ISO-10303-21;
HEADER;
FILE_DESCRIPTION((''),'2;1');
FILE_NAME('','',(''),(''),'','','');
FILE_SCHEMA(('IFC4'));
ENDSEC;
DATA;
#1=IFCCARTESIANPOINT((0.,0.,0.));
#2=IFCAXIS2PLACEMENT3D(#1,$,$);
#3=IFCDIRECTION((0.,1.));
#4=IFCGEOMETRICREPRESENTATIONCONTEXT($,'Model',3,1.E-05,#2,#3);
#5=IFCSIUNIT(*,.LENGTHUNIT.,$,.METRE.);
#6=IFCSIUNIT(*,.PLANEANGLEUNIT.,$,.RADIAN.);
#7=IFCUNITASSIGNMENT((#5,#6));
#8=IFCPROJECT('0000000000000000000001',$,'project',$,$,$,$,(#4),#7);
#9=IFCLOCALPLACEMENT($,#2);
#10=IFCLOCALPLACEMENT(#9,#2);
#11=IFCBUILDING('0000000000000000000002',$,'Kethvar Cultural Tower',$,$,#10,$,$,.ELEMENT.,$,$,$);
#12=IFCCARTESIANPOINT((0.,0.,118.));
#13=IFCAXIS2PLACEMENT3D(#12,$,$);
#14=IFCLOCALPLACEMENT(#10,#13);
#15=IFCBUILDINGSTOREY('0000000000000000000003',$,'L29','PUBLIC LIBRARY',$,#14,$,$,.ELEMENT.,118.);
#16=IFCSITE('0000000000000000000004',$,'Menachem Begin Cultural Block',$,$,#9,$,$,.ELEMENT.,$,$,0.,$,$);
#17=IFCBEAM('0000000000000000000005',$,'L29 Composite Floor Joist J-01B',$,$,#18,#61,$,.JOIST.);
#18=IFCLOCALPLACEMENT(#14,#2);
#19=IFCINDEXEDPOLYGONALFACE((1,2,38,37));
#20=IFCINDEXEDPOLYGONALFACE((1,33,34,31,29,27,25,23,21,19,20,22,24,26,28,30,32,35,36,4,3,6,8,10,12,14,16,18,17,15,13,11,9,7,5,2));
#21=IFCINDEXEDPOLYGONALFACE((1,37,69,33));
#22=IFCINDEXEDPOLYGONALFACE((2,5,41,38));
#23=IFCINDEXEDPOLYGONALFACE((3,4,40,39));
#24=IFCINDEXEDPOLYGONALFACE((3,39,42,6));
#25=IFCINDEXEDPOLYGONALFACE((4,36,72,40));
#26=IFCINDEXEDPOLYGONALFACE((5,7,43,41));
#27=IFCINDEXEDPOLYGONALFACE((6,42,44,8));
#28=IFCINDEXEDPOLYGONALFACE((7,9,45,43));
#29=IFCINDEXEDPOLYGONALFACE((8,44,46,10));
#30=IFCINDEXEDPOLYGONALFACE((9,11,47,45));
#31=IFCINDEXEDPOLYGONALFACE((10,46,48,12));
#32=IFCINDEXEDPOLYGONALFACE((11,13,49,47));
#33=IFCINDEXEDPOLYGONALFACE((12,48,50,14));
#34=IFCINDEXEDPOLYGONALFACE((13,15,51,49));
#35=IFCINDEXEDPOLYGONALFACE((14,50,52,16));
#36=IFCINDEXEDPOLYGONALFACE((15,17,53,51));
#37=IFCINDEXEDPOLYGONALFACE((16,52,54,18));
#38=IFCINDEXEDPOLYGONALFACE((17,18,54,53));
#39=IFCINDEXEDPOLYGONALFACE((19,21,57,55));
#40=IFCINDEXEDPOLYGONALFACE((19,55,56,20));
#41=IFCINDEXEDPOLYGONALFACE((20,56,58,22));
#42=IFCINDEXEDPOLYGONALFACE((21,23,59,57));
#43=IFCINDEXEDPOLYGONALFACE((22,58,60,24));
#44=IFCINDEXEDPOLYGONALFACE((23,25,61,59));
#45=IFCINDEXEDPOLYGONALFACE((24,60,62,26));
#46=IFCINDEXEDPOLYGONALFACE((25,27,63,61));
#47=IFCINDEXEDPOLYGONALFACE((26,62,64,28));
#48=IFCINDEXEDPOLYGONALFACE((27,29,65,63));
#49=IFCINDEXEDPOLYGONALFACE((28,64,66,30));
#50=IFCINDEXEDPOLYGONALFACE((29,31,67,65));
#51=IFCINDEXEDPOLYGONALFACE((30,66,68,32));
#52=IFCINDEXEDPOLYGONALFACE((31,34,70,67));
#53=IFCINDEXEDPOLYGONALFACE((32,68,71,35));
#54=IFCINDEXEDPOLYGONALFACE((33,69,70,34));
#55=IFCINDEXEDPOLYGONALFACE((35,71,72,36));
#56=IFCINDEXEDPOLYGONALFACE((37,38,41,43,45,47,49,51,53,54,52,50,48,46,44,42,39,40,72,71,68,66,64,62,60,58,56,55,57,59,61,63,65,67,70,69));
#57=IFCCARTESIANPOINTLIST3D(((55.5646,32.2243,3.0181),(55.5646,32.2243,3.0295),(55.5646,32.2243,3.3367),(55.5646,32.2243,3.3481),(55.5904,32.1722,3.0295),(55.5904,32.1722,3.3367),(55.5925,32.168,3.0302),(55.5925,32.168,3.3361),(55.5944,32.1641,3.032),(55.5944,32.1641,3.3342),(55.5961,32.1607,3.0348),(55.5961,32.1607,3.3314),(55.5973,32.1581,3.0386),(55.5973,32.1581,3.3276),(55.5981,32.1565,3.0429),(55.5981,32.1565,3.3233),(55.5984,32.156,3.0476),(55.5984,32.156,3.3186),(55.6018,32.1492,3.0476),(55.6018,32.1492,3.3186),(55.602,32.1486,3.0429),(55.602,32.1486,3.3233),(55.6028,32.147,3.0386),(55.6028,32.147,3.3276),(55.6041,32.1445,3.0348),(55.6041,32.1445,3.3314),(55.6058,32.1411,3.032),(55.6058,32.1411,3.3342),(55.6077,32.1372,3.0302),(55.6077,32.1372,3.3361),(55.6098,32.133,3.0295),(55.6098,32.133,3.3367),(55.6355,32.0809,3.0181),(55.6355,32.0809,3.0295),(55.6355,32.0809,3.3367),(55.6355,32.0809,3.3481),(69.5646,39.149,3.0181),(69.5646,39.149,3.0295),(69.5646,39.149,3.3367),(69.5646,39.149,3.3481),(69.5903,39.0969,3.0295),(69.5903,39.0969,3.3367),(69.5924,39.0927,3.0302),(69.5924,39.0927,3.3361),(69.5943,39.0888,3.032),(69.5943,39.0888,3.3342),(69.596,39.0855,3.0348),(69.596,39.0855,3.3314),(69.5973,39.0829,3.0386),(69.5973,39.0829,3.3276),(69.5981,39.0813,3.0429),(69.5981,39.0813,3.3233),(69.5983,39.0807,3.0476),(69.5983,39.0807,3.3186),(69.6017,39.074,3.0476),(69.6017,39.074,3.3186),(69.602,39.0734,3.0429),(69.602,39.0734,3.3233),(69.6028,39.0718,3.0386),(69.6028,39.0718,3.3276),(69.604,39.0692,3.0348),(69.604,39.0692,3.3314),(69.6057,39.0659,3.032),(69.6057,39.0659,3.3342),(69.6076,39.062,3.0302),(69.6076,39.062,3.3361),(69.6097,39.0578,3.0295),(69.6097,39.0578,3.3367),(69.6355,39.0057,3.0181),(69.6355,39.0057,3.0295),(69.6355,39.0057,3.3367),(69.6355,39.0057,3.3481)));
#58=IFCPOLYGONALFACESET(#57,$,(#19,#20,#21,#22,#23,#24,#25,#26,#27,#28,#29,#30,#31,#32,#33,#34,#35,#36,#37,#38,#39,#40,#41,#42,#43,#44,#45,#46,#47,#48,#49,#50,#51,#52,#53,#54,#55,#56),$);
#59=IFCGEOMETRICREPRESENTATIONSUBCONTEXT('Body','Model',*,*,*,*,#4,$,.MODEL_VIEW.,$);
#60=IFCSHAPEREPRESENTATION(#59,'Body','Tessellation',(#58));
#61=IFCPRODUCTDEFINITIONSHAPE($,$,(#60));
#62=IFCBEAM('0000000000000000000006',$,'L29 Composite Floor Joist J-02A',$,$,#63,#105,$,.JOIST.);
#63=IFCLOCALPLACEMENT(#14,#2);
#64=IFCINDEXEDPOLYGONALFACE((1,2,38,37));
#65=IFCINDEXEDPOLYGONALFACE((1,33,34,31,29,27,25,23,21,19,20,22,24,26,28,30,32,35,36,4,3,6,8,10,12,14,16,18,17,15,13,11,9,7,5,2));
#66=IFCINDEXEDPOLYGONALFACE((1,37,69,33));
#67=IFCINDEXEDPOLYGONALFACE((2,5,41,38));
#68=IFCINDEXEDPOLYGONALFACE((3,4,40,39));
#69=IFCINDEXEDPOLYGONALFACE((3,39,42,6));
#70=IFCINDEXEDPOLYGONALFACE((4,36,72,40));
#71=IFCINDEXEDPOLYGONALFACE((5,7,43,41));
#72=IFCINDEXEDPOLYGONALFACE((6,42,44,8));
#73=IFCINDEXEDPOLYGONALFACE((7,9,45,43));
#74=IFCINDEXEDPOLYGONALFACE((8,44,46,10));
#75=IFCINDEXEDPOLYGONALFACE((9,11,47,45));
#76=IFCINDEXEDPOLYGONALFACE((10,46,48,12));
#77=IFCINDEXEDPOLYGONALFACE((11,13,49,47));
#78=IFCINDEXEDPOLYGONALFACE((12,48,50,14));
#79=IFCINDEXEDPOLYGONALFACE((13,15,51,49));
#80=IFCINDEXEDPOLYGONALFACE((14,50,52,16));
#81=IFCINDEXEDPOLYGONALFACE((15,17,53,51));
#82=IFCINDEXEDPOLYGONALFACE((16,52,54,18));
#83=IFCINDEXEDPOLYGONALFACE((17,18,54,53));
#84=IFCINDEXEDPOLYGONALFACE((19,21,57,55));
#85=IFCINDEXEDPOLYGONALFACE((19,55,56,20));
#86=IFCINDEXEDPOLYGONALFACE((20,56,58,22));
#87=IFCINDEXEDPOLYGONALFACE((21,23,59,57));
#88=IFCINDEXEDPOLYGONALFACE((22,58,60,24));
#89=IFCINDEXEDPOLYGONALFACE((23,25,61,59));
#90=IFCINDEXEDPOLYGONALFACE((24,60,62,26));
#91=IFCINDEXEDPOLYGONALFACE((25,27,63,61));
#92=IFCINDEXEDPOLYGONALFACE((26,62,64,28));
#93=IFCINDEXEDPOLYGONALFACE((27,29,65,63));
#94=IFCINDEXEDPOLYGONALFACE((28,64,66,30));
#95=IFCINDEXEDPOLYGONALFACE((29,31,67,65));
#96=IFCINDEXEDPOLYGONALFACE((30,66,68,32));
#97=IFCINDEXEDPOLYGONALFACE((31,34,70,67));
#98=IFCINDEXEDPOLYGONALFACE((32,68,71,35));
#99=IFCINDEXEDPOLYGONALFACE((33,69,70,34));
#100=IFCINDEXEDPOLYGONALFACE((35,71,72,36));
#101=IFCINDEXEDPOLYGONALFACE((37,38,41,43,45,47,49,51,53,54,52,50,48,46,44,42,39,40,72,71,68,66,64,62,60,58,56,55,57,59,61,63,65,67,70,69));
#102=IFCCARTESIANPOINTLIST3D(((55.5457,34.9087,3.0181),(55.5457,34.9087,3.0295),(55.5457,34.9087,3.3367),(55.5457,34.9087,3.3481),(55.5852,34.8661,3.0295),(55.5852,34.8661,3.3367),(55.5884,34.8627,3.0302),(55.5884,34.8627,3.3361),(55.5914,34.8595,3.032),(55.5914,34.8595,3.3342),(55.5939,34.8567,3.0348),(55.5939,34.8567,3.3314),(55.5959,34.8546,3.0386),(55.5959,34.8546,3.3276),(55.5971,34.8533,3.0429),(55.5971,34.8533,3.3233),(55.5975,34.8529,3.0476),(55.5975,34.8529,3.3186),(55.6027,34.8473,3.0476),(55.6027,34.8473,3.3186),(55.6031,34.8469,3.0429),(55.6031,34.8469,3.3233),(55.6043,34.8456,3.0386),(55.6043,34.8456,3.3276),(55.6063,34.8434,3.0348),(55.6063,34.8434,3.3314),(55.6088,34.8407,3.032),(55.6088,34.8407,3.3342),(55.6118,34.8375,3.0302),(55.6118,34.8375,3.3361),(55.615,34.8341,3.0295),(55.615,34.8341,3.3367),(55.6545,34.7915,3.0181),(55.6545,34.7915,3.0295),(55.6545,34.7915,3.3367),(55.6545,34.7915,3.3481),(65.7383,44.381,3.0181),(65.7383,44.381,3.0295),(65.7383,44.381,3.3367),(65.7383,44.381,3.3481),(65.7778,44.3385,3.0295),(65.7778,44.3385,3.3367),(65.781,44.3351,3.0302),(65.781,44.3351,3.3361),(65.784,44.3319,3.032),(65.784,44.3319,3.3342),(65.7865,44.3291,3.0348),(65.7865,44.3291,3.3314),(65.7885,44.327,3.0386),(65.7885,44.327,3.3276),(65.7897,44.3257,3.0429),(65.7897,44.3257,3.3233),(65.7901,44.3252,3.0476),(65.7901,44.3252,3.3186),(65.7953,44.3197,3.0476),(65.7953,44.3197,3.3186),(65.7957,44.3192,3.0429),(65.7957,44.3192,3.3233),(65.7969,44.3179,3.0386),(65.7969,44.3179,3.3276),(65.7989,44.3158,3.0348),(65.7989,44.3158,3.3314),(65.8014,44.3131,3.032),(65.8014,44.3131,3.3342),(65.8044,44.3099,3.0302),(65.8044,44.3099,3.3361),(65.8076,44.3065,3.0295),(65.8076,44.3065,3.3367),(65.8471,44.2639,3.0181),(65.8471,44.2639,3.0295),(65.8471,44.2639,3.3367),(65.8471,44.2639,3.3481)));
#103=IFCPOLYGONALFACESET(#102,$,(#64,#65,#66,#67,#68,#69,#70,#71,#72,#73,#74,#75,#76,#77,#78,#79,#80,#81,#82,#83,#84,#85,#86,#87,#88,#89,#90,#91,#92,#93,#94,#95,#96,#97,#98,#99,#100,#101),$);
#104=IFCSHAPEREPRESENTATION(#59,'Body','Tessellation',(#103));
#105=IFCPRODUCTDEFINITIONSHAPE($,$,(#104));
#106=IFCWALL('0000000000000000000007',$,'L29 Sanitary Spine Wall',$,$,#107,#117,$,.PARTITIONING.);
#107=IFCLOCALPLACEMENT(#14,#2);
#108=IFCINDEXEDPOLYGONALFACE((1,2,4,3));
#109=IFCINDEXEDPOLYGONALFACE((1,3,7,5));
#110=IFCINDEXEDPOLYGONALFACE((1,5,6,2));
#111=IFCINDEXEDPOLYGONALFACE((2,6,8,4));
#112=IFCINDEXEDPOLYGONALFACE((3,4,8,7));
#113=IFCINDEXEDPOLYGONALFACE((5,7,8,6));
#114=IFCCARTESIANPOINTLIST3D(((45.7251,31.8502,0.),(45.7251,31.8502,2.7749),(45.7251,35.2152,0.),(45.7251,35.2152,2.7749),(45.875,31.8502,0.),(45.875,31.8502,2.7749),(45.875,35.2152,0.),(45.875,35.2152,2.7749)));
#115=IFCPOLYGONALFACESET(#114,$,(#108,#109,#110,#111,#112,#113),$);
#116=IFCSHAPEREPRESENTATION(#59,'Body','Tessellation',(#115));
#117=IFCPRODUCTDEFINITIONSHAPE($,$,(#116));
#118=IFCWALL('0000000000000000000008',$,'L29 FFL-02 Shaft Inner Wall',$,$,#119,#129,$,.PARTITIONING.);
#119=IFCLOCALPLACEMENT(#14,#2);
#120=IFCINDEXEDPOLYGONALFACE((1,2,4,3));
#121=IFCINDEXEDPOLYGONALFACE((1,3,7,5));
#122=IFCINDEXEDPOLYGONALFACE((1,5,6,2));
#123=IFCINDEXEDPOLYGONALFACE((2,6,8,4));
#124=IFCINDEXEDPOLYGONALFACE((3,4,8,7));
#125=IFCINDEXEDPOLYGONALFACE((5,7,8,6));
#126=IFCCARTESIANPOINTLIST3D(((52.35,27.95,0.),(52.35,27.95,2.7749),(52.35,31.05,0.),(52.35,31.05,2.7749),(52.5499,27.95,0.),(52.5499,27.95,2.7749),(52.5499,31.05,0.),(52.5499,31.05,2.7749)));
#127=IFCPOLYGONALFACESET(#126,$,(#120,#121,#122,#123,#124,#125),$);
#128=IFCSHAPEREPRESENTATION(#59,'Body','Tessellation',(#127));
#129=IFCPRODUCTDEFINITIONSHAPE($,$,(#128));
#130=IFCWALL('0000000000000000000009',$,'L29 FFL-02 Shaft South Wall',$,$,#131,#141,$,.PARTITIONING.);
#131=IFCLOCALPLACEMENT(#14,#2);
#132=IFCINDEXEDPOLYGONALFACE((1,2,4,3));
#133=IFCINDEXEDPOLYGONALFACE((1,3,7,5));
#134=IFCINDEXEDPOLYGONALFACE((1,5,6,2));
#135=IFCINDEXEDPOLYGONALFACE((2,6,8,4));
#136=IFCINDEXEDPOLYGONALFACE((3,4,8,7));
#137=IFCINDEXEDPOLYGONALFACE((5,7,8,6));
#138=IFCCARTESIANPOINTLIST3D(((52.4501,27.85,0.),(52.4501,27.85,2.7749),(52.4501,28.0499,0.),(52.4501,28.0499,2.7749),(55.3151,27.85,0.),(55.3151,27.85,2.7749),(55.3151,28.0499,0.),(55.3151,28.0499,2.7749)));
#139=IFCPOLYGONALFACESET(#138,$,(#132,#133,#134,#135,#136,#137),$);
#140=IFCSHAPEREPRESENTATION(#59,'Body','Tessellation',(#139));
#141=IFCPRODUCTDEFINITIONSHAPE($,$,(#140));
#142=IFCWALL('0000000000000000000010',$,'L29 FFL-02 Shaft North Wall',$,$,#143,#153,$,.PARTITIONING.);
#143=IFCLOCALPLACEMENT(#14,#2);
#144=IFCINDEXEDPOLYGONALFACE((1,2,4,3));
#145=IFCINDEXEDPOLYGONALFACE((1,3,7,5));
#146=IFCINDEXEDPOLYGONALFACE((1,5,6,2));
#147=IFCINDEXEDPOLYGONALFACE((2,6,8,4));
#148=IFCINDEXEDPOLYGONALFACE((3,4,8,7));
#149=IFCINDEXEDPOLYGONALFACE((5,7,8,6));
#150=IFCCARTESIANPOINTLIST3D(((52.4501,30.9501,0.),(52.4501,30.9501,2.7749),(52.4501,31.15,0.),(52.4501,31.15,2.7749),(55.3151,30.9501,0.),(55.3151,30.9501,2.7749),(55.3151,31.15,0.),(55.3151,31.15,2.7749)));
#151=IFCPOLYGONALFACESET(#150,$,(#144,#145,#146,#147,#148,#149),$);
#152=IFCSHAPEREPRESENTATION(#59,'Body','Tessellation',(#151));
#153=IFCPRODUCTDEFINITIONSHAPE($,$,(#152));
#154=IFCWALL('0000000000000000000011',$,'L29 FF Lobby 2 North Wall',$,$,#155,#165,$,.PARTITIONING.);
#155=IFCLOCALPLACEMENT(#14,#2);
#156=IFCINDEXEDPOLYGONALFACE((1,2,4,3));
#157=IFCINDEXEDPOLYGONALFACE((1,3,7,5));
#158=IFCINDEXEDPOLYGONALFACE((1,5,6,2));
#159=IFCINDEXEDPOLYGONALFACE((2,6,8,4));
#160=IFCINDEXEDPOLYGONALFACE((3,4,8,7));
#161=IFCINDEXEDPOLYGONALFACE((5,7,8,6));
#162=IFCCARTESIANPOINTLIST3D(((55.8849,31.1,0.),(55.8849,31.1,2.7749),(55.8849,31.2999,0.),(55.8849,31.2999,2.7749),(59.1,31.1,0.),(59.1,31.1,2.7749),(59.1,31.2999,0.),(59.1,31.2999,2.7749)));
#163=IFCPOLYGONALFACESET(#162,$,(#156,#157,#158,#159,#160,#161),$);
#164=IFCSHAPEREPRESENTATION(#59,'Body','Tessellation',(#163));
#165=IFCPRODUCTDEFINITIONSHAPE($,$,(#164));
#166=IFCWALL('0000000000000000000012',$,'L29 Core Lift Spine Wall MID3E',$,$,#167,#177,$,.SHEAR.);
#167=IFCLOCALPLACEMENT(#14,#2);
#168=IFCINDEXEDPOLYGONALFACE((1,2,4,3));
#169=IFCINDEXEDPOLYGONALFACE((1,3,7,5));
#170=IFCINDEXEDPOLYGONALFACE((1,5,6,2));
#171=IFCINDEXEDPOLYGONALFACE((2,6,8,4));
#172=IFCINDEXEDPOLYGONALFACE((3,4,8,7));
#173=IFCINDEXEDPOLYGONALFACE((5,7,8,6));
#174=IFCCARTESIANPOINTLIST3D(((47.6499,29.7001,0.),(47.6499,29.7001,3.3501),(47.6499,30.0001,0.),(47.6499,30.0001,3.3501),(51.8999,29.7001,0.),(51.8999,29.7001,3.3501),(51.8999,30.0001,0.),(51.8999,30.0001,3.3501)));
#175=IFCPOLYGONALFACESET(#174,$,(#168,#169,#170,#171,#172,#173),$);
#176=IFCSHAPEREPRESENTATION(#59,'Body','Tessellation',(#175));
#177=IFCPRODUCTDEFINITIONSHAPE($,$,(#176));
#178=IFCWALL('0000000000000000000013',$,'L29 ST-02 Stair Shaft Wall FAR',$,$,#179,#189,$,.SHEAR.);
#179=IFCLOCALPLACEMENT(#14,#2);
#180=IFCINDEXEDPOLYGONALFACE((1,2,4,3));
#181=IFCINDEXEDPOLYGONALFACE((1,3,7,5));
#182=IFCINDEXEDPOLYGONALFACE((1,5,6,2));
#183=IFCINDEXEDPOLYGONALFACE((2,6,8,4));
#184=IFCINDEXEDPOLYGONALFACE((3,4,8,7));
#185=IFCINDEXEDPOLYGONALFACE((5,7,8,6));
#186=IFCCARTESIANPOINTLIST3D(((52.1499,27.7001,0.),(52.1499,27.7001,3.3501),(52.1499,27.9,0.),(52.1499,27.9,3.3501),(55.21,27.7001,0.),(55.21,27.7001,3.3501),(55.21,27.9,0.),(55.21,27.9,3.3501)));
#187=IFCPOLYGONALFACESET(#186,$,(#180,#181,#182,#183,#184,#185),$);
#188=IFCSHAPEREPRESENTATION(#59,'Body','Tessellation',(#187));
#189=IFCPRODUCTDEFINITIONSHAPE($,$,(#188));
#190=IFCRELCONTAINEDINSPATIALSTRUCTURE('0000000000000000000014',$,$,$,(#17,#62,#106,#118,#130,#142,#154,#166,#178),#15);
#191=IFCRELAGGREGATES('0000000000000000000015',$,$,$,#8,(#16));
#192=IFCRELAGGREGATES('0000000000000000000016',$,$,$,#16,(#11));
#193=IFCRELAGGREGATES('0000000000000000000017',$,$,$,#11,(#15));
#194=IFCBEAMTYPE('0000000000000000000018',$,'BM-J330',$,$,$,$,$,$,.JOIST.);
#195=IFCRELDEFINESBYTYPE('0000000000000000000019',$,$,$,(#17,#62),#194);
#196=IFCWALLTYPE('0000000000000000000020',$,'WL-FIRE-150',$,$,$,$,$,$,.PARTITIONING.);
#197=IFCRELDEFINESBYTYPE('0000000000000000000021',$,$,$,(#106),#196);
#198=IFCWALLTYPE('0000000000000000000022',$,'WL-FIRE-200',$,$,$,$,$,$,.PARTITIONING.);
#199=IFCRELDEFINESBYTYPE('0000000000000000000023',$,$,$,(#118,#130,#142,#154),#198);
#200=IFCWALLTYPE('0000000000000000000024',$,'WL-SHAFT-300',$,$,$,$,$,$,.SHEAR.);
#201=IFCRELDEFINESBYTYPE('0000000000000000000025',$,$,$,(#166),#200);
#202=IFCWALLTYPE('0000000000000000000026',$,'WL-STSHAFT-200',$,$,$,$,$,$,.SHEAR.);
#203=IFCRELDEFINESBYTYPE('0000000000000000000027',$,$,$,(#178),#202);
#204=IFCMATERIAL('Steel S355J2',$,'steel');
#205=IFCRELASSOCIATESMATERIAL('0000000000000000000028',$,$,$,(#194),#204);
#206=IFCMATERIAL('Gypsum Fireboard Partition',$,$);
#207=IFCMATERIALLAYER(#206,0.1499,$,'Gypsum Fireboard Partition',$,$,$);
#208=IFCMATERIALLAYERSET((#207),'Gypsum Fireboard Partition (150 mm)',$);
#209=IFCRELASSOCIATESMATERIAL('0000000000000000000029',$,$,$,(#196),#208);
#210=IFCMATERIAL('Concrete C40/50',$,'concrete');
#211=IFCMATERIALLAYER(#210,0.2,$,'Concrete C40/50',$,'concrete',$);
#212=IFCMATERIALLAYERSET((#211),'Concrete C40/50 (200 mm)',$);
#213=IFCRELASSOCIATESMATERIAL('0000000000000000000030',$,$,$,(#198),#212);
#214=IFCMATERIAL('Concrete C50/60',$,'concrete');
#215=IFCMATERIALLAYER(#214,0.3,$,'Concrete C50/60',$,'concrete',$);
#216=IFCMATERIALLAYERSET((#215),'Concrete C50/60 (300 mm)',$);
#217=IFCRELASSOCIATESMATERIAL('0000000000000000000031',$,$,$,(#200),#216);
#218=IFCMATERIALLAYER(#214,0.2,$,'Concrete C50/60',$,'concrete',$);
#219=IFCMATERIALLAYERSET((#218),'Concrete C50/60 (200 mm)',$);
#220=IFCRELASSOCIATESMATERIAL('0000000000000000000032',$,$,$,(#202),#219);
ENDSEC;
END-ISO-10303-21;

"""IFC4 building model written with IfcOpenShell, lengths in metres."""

from ifc_helpers import new_model, si_unit, direction, frame, frame_2d, origin, origin_2d, place, context, subcontext, project, spatial, rectangle, i_section, extrude, source, transform, mapped, material, layer, layer_set, material_profile, profile_set, type_object, element, save


model = new_model("IFC4")

# Units and contexts
model_context = context("Model", 3, precision=1e-05, world=origin(), true_north=direction((0.0, 1.0)))
body_context = subcontext(model_context, "Body", "Model", "MODEL_VIEW")
ifc_project = project(units=[si_unit("LENGTHUNIT", "METRE"), si_unit("PLANEANGLEUNIT", "RADIAN")], contexts=[model_context])

# Site, building, storey
site_placement = place(None, origin())
site = spatial("IfcSite", under=ifc_project, at=site_placement, Name="Menachem Begin Cultural Block", CompositionType="ELEMENT", RefElevation=0.0)
building_placement = place(site_placement, origin())
building = spatial("IfcBuilding", under=site, at=building_placement, Name="Kethvar Cultural Tower", CompositionType="ELEMENT")
storey_placement = place(building_placement, frame((0.0, 0.0, 118.0)))
storey = spatial("IfcBuildingStorey", under=building, at=storey_placement, Name="L29", Description="PUBLIC LIBRARY", CompositionType="ELEMENT", Elevation=118.0)

# Beams
ifc_material_1 = material(Name="Steel S355J2", Category="steel")
ifc_material_profile_1 = material_profile(ifc_material_1, i_section(OverallWidth=0.1599, OverallDepth=0.3301, WebThickness=0.0076, FlangeThickness=0.0115, FilletRadius=0.0181, at=origin_2d()), Name="Steel S355J2 — IPE330")
ifc_profile_set_1 = profile_set([ifc_material_profile_1], Name="Steel S355J2 — IPE330")
beam_type_1 = type_object("IfcBeamType", Name="BM-J330", PredefinedType="JOIST", material=ifc_profile_set_1)
shared_shape_1 = source(origin(), body_context, "Body", "SweptSolid", [
    extrude(i_section(OverallWidth=0.1599, OverallDepth=0.3301, WebThickness=0.0076, FlangeThickness=0.0115, FilletRadius=0.0181, at=origin_2d()), origin(), (0.0, 0.0, 1.0), 15.6189),
])
beam_1_placement = place(storey_placement, frame((55.6001, 32.1526, 3.1831), z_axis=(0.896345, 0.443358, 0.0), x_axis=(-0.443358, 0.896345, 0.0)))
element("IfcBeam", 1, at=beam_1_placement, inside=storey, type_object=beam_type_1, Name="L29 Composite Floor Joist J-01B", PredefinedType="JOIST", context=body_context, shape_type="MappedRepresentation", body=[
    mapped(shared_shape_1, transform((0.0, 0.0, 0.0), scale=1.0)),
])
shared_shape_2 = source(origin(), body_context, "Body", "SweptSolid", [
    extrude(i_section(OverallWidth=0.1599, OverallDepth=0.3301, WebThickness=0.0076, FlangeThickness=0.0115, FilletRadius=0.0181, at=origin_2d()), origin(), (0.0, 0.0, 1.0), 13.9146),
])
beam_2_placement = place(storey_placement, frame((55.6001, 34.8501, 3.1831), z_axis=(0.732513, 0.680753, 0.0), x_axis=(-0.680753, 0.732513, 0.0)))
element("IfcBeam", 2, at=beam_2_placement, inside=storey, type_object=beam_type_1, Name="L29 Composite Floor Joist J-02A", PredefinedType="JOIST", context=body_context, shape_type="MappedRepresentation", body=[
    mapped(shared_shape_2, transform((0.0, 0.0, 0.0), scale=1.0)),
])

# Walls
ifc_material_2 = material(Name="Gypsum Fireboard Partition")
ifc_layer_1 = layer(ifc_material_2, 0.1499, Name="Gypsum Fireboard Partition")
ifc_layer_set_1 = layer_set([ifc_layer_1], Name="Gypsum Fireboard Partition (150 mm)")
wall_type_1 = type_object("IfcWallType", Name="WL-FIRE-150", PredefinedType="PARTITIONING", material=ifc_layer_set_1)
wall_1_placement = place(storey_placement, frame((45.8, 31.8501, 0.0), z_axis=(0.0, 0.0, 1.0), x_axis=(0.0, 1.0, 0.0)))
element("IfcWall", 3, at=wall_1_placement, inside=storey, type_object=wall_type_1, Name="L29 Sanitary Spine Wall", PredefinedType="PARTITIONING", context=body_context, shape_type="SweptSolid", body=[
    extrude(rectangle(XDim=3.365, YDim=0.1499, at=frame_2d((1.6826, 0.0))), origin(), (0.0, 0.0, 1.0), 2.7749),
])
ifc_material_3 = material(Name="Concrete C40/50", Category="concrete")
ifc_layer_2 = layer(ifc_material_3, 0.2, Name="Concrete C40/50", Category="concrete")
ifc_layer_set_2 = layer_set([ifc_layer_2], Name="Concrete C40/50 (200 mm)")
wall_type_2 = type_object("IfcWallType", Name="WL-FIRE-200", PredefinedType="PARTITIONING", material=ifc_layer_set_2)
wall_2_placement = place(storey_placement, frame((52.45, 27.95, 0.0), z_axis=(0.0, 0.0, 1.0), x_axis=(0.0, 1.0, 0.0)))
element("IfcWall", 4, at=wall_2_placement, inside=storey, type_object=wall_type_2, Name="L29 FFL-02 Shaft Inner Wall", PredefinedType="PARTITIONING", context=body_context, shape_type="SweptSolid", body=[
    extrude(rectangle(XDim=3.1001, YDim=0.2, at=frame_2d((1.55, 0.0))), origin(), (0.0, 0.0, 1.0), 2.7749),
])
for number, where, z_axis, x_axis, name in (
    (5, (52.45, 27.95, 0.0), (0.0, 0.0, 1.0), (1.0, 0.0, 0.0), "L29 FFL-02 Shaft South Wall"),
    (6, (52.45, 31.05, 0.0), (0.0, 0.0, 1.0), (1.0, 0.0, 0.0), "L29 FFL-02 Shaft North Wall"),
):
    element("IfcWall", number, at=place(storey_placement, frame(where, z_axis=z_axis, x_axis=x_axis)), inside=storey, type_object=wall_type_2, Name=name, PredefinedType="PARTITIONING", context=body_context, shape_type="SweptSolid", body=[
        extrude(rectangle(XDim=2.865, YDim=0.2, at=frame_2d((1.4326, 0.0))), origin(), (0.0, 0.0, 1.0), 2.7749),
    ])
wall_3_placement = place(storey_placement, frame((55.885, 31.2, 0.0), z_axis=(0.0, 0.0, 1.0), x_axis=(1.0, 0.0, 0.0)))
element("IfcWall", 7, at=wall_3_placement, inside=storey, type_object=wall_type_2, Name="L29 FF Lobby 2 North Wall", PredefinedType="PARTITIONING", context=body_context, shape_type="SweptSolid", body=[
    extrude(rectangle(XDim=3.2151, YDim=0.2, at=frame_2d((1.6074, 0.0))), origin(), (0.0, 0.0, 1.0), 2.7749),
])
ifc_material_4 = material(Name="Concrete C50/60", Category="concrete")
ifc_layer_3 = layer(ifc_material_4, 0.3, Name="Concrete C50/60", Category="concrete")
ifc_layer_set_3 = layer_set([ifc_layer_3], Name="Concrete C50/60 (300 mm)")
wall_type_3 = type_object("IfcWallType", Name="WL-SHAFT-300", PredefinedType="SHEAR", material=ifc_layer_set_3)
wall_4_placement = place(storey_placement, frame((47.6499, 29.8501, 0.0), z_axis=(0.0, 0.0, 1.0), x_axis=(1.0, 0.0, 0.0)))
element("IfcWall", 8, at=wall_4_placement, inside=storey, type_object=wall_type_3, Name="L29 Core Lift Spine Wall MID3E", PredefinedType="SHEAR", context=body_context, shape_type="SweptSolid", body=[
    extrude(rectangle(XDim=4.25, YDim=0.3, at=frame_2d((2.125, 0.0))), origin(), (0.0, 0.0, 1.0), 3.3501),
])
ifc_layer_4 = layer(ifc_material_4, 0.2, Name="Concrete C50/60", Category="concrete")
ifc_layer_set_4 = layer_set([ifc_layer_4], Name="Concrete C50/60 (200 mm)")
wall_type_4 = type_object("IfcWallType", Name="WL-STSHAFT-200", PredefinedType="SHEAR", material=ifc_layer_set_4)
wall_5_placement = place(storey_placement, frame((52.1499, 27.8, 0.0), z_axis=(0.0, 0.0, 1.0), x_axis=(1.0, 0.0, 0.0)))
element("IfcWall", 9, at=wall_5_placement, inside=storey, type_object=wall_type_4, Name="L29 ST-02 Stair Shaft Wall FAR", PredefinedType="SHEAR", context=body_context, shape_type="SweptSolid", body=[
    extrude(rectangle(XDim=3.0601, YDim=0.2, at=frame_2d((1.53, 0.0))), origin(), (0.0, 0.0, 1.0), 3.3501),
])

save(model, "model.ifc")
